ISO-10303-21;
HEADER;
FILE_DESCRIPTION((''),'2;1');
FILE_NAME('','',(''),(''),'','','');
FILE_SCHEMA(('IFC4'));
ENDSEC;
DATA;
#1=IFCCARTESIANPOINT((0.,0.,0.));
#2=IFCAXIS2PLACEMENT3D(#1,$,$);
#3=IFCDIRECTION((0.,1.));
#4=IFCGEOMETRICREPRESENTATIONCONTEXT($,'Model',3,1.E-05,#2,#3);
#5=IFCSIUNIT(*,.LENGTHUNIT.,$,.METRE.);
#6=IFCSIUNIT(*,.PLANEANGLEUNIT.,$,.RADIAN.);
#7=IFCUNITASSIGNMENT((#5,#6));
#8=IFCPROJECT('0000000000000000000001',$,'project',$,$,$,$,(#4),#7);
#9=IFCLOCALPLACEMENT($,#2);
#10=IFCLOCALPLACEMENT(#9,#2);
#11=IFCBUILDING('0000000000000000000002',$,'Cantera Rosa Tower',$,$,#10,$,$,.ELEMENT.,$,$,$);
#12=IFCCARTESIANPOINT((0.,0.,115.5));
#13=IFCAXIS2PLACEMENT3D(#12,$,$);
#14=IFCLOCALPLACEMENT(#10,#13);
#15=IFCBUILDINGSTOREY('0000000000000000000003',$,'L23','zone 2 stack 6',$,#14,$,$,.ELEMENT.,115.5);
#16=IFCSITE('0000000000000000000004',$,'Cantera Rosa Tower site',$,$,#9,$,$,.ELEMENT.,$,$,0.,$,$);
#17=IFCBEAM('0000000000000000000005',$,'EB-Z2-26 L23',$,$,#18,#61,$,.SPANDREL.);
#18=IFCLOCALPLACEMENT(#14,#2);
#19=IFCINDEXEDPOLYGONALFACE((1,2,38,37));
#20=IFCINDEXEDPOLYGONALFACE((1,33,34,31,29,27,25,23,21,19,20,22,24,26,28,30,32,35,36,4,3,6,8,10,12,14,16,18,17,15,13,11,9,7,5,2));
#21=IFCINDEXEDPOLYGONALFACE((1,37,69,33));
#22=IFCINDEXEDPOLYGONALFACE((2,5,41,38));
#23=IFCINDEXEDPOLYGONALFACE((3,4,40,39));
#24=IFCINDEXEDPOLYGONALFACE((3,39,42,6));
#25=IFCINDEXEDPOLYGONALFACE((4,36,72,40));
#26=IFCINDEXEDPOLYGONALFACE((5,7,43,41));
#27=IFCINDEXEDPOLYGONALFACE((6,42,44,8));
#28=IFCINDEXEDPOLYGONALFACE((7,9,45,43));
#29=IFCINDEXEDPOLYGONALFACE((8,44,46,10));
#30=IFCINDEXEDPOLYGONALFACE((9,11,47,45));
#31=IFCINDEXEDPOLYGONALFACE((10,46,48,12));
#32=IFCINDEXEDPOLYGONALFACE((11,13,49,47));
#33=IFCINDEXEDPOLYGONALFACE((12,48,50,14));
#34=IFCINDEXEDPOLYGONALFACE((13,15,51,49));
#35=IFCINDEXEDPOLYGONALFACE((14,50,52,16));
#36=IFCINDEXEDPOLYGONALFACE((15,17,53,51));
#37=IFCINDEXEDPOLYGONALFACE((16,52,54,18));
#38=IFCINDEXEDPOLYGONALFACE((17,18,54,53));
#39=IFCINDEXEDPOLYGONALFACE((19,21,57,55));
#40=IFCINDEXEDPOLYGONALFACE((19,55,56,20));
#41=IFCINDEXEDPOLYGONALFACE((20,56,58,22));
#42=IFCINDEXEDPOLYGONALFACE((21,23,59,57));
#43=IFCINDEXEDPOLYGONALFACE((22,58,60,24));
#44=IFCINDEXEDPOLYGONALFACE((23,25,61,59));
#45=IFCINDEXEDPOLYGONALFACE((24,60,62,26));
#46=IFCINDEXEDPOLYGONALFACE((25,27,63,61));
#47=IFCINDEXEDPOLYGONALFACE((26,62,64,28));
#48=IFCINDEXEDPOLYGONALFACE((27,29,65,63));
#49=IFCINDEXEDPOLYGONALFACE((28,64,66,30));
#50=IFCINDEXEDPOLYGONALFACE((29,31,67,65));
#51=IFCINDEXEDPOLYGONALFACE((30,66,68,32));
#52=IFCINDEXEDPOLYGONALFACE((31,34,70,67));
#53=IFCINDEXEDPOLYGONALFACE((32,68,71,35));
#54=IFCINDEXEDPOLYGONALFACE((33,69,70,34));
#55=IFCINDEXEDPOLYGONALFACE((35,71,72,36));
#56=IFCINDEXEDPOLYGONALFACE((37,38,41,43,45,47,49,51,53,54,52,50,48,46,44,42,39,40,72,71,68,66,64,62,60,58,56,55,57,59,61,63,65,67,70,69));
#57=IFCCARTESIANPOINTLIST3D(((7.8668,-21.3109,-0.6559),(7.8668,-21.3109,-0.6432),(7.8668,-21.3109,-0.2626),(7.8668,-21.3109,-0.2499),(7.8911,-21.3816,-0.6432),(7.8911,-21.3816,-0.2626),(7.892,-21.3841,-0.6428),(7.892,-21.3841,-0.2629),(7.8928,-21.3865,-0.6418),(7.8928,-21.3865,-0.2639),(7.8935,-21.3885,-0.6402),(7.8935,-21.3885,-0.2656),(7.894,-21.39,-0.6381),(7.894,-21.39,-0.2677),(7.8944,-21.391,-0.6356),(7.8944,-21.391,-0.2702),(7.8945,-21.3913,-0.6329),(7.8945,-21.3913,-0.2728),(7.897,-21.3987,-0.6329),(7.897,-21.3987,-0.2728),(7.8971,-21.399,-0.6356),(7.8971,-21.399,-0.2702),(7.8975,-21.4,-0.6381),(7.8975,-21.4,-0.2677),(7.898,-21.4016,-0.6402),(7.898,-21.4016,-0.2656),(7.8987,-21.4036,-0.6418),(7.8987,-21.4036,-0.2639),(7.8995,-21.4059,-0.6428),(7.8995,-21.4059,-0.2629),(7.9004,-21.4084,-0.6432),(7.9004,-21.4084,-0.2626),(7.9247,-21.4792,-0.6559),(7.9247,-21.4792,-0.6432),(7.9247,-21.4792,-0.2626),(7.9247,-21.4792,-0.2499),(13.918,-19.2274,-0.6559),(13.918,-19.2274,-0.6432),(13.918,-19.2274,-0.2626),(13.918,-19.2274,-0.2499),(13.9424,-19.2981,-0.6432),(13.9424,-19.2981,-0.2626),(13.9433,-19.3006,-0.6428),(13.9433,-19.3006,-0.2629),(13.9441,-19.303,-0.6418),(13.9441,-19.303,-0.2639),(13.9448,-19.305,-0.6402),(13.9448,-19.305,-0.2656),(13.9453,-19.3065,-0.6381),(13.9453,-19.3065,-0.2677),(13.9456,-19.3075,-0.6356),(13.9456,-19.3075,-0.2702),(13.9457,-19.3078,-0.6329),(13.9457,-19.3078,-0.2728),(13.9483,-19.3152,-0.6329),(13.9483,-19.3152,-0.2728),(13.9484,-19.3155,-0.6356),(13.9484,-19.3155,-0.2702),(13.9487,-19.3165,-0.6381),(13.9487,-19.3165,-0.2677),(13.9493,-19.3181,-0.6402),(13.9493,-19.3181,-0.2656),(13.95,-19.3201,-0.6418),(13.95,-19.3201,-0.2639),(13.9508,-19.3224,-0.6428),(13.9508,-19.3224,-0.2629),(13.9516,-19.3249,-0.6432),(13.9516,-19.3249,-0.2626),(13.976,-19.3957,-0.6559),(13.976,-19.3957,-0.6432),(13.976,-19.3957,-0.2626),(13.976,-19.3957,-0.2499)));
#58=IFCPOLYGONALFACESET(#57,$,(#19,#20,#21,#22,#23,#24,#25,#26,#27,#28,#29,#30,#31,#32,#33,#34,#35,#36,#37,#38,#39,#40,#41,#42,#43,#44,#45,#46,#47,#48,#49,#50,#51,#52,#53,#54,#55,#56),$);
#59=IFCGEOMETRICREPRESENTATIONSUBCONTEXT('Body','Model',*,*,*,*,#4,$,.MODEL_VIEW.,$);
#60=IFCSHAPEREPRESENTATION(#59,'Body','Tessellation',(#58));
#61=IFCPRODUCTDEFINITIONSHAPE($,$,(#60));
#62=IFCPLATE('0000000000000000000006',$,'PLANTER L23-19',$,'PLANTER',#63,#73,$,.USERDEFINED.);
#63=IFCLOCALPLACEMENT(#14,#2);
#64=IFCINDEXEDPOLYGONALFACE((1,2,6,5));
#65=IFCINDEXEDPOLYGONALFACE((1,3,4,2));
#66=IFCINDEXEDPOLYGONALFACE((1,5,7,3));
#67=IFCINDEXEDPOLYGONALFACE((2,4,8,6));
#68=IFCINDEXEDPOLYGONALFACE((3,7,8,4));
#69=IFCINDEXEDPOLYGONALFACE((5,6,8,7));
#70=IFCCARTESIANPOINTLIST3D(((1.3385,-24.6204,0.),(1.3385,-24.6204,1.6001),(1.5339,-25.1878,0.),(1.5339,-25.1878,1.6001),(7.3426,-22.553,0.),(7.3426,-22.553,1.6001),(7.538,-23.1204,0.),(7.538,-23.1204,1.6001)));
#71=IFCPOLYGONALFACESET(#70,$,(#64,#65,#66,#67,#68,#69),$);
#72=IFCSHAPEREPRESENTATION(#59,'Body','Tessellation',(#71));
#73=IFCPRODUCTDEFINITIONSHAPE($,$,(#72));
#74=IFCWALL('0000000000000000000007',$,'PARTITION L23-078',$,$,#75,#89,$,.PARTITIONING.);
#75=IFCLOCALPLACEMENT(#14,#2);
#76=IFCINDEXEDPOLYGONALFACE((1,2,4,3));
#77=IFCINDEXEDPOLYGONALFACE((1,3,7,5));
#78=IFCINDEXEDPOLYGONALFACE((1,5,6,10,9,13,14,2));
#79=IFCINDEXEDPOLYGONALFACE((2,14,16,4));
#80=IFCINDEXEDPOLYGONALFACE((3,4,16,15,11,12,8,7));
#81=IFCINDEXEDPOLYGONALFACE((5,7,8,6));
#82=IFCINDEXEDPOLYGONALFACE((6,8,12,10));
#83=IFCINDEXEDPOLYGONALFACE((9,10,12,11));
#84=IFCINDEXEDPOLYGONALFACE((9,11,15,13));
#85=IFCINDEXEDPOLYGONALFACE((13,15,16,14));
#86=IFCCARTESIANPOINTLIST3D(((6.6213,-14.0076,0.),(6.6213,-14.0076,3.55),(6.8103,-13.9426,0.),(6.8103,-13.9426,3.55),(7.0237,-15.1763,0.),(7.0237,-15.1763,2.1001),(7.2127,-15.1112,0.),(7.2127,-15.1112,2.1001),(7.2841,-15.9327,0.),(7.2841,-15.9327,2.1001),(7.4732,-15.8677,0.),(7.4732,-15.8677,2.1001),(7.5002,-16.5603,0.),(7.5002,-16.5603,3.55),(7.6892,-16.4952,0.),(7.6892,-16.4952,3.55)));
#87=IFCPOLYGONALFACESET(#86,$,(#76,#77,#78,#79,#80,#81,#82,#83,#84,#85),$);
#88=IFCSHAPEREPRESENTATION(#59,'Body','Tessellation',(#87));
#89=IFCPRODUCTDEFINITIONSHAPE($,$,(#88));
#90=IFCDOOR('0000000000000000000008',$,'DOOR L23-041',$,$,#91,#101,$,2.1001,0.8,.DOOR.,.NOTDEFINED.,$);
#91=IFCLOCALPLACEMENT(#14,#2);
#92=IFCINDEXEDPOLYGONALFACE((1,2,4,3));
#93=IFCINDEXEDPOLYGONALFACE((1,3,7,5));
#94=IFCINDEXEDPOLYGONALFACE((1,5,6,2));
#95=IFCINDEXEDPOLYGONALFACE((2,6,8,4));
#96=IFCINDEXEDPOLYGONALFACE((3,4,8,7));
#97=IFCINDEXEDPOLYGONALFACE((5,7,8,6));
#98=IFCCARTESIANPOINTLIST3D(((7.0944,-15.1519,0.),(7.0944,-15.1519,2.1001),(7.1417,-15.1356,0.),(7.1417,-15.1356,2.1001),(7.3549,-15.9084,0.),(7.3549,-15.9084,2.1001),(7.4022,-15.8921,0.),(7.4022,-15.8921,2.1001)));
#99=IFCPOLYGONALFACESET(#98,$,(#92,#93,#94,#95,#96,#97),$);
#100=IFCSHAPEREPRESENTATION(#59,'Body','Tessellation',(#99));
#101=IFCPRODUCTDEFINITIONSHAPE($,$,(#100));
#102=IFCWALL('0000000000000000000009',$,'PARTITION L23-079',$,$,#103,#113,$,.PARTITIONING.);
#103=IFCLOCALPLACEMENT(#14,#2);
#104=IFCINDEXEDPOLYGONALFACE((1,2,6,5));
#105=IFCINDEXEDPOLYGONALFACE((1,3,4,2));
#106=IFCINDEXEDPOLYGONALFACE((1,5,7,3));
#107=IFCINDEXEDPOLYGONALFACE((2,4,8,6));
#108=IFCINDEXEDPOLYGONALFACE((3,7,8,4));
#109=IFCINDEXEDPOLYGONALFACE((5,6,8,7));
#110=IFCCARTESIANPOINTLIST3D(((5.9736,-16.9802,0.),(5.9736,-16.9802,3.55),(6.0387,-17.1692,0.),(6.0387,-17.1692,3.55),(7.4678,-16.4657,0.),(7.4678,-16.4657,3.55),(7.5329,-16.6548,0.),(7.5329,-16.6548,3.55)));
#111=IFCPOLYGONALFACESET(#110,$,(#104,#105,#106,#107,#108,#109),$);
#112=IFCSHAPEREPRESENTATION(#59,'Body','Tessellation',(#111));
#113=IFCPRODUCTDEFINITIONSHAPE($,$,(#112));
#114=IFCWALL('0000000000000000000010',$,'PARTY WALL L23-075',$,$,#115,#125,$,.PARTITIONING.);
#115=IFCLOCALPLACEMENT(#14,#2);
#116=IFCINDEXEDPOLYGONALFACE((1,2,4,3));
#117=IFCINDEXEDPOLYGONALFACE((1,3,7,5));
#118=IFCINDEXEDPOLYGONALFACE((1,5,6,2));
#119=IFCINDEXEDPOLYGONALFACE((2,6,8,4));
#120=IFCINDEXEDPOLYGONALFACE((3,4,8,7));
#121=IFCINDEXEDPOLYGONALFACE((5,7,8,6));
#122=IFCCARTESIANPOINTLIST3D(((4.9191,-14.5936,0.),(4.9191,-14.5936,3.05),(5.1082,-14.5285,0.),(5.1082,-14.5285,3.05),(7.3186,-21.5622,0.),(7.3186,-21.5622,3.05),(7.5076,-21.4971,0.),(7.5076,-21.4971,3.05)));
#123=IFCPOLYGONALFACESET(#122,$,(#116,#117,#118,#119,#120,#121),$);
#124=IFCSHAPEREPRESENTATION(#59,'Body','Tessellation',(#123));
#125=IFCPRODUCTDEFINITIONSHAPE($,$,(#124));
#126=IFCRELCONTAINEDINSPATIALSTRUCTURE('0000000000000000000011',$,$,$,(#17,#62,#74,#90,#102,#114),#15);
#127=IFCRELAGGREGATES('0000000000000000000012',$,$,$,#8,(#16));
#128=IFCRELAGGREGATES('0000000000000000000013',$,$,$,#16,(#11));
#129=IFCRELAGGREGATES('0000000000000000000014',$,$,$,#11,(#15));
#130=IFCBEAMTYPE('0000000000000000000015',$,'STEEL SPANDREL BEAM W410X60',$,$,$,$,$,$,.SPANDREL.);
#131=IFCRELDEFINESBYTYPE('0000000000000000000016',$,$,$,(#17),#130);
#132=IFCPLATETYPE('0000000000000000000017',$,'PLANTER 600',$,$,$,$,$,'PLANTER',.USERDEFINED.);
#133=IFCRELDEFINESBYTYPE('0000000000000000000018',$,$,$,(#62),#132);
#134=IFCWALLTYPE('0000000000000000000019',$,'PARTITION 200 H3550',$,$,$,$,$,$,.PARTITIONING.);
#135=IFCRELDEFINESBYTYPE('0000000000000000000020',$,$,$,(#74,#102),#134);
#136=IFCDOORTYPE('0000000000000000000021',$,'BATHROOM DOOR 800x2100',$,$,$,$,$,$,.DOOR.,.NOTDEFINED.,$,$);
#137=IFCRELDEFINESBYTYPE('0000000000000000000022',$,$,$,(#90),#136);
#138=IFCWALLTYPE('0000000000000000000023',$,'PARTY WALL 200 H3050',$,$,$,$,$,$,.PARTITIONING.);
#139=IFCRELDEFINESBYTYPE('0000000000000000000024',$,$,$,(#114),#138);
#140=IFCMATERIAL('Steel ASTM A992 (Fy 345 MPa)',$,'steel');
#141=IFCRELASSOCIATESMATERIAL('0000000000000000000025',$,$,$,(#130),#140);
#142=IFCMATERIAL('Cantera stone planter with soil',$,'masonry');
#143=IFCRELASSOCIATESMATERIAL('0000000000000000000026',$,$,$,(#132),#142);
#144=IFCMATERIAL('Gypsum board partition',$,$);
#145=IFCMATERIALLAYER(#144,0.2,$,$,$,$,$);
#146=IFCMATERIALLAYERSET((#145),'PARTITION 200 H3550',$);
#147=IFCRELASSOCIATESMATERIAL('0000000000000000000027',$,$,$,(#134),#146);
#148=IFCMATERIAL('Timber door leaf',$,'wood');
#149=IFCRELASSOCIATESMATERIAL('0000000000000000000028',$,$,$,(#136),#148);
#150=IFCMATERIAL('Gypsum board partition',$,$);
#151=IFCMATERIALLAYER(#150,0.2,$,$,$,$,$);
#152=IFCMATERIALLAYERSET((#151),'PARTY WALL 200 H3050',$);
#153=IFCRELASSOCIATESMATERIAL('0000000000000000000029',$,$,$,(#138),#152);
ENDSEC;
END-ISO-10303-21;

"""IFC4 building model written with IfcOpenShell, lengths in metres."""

from ifc_helpers import new_model, si_unit, direction, frame, frame_2d, origin, origin_2d, place, context, subcontext, project, spatial, rectangle, i_section, extrude, material, layer, layer_set, material_profile, profile_set, type_object, element, fill, save


model = new_model("IFC4")

# Units and contexts
model_context = context("Model", 3, precision=1e-05, world=origin(), true_north=direction((0.0, 1.0)))
body_context = subcontext(model_context, "Body", "Model", "MODEL_VIEW")
ifc_project = project(units=[si_unit("LENGTHUNIT", "METRE"), si_unit("PLANEANGLEUNIT", "RADIAN")], contexts=[model_context])

# Site, building, storey
site_placement = place(None, origin())
site = spatial("IfcSite", under=ifc_project, at=site_placement, Name="Cantera Rosa Tower site", CompositionType="ELEMENT", RefElevation=0.0)
building_placement = place(site_placement, origin())
building = spatial("IfcBuilding", under=site, at=building_placement, Name="Cantera Rosa Tower", CompositionType="ELEMENT")
storey_placement = place(building_placement, frame((0.0, 0.0, 115.5)))
storey = spatial("IfcBuildingStorey", under=building, at=storey_placement, Name="L23", Description="zone 2 stack 6", CompositionType="ELEMENT", Elevation=115.5)

# Beam
ifc_material_1 = material(Name="Steel ASTM A992 (Fy 345 MPa)", Category="steel")
ifc_material_profile_1 = material_profile(ifc_material_1, i_section(OverallWidth=0.178, OverallDepth=0.406, WebThickness=0.0078, FlangeThickness=0.0127, FilletRadius=0.0103, at=origin_2d()), Name="W410X60")
ifc_profile_set_1 = profile_set([ifc_material_profile_1], Name="Steel ASTM A992 (Fy 345 MPa)")
beam_type_1 = type_object("IfcBeamType", Name="STEEL SPANDREL BEAM W410X60", PredefinedType="SPANDREL", material=ifc_profile_set_1)
beam_1_placement = place(storey_placement, frame((7.8958, -21.395, -0.4529), z_axis=(0.945524, 0.325551, 0.0), x_axis=(-0.325551, 0.945524, 0.0)))
element("IfcBeam", 1, at=beam_1_placement, inside=storey, type_object=beam_type_1, Name="EB-Z2-26 L23", PredefinedType="SPANDREL", context=body_context, shape_type="SweptSolid", body=[
    extrude(i_section(OverallWidth=0.178, OverallDepth=0.406, WebThickness=0.0078, FlangeThickness=0.0127, FilletRadius=0.0103, at=origin_2d()), origin(), (0.0, 0.0, 1.0), 6.3999),
])

# Plate
ifc_material_2 = material(Name="Cantera stone planter with soil", Category="masonry")
plate_type = type_object("IfcPlateType", Name="PLANTER 600", ElementType="PLANTER", PredefinedType="USERDEFINED", material=ifc_material_2)
plate_placement = place(storey_placement, frame((4.4382, -23.8704, 0.0), z_axis=(0.0, 0.0, 1.0), x_axis=(0.945519, 0.325568, 0.0)))
element("IfcPlate", 2, at=plate_placement, inside=storey, type_object=plate_type, Name="PLANTER L23-19", ObjectType="PLANTER", PredefinedType="USERDEFINED", context=body_context, shape_type="SweptSolid", body=[
    extrude(rectangle(XDim=6.3501, YDim=0.6001, at=origin_2d()), origin(), (0.0, 0.0, 1.0), 1.6001),
])

# Wall, opening, door
ifc_material_3 = material(Name="Gypsum board partition")
ifc_layer_1 = layer(ifc_material_3, 0.2)
ifc_layer_set_1 = layer_set([ifc_layer_1], Name="PARTITION 200 H3550")
wall_type_1 = type_object("IfcWallType", Name="PARTITION 200 H3550", PredefinedType="PARTITIONING", material=ifc_layer_set_1)
wall_1_placement = place(storey_placement, frame((6.7158, -13.9751, 0.0), z_axis=(0.0, 0.0, 1.0), x_axis=(0.325545, -0.945527, 0.0)))
wall_1 = element("IfcWall", 3, at=wall_1_placement, inside=storey, type_object=wall_type_1, Name="PARTITION L23-078", PredefinedType="PARTITIONING", context=body_context, shape_type="SweptSolid", body=[
    extrude(rectangle(XDim=2.6997, YDim=0.2, at=frame_2d((1.3499, 0.0))), origin(), (0.0, 0.0, 1.0), 3.55),
])
opening_1_placement = place(wall_1_placement, frame((1.2361, 0.0, 0.0)))
opening_1 = element("IfcOpeningElement", 4, at=opening_1_placement, cuts=wall_1, PredefinedType="OPENING", context=body_context, shape_type="SweptSolid", body=[
    extrude(rectangle(XDim=0.8, YDim=2.1001, at=frame_2d((0.3999, 1.05))), frame((0.0, 0.1099, 0.0), z_axis=(0.0, -1.0, 0.0), x_axis=(1.0, 0.0, 0.0)), (0.0, 0.0, 1.0), 0.22),
])
ifc_material_4 = material(Name="Timber door leaf", Category="wood")
door_type_1 = type_object("IfcDoorType", Name="BATHROOM DOOR 800x2100", OperationType="NOTDEFINED", PredefinedType="DOOR", material=ifc_material_4)
door_1_placement = place(opening_1_placement, origin())
door_1 = element("IfcDoor", 5, at=door_1_placement, inside=storey, type_object=door_type_1, Name="DOOR L23-041", OperationType="NOTDEFINED", OverallHeight=2.1001, OverallWidth=0.8, PredefinedType="DOOR", context=body_context, shape_type="SweptSolid", body=[
    extrude(rectangle(XDim=0.8, YDim=2.1001, at=frame_2d((0.3999, 1.05))), frame((0.0, 0.0249, 0.0), z_axis=(0.0, -1.0, 0.0), x_axis=(1.0, 0.0, 0.0)), (0.0, 0.0, 1.0), 0.05),
])
fill(opening_1, door_1)

# Walls
wall_2_placement = place(storey_placement, frame((7.5002, -16.5603, 0.0), z_axis=(0.0, 0.0, 1.0), x_axis=(-0.945532, -0.325529, 0.0)))
element("IfcWall", 6, at=wall_2_placement, inside=storey, type_object=wall_type_1, Name="PARTITION L23-079", PredefinedType="PARTITIONING", context=body_context, shape_type="SweptSolid", body=[
    extrude(rectangle(XDim=1.5803, YDim=0.2, at=frame_2d((0.79, 0.0))), origin(), (0.0, 0.0, 1.0), 3.55),
])
ifc_material_5 = material(Name="Gypsum board partition")
ifc_layer_2 = layer(ifc_material_5, 0.2)
ifc_layer_set_2 = layer_set([ifc_layer_2], Name="PARTY WALL 200 H3050")
wall_type_2 = type_object("IfcWallType", Name="PARTY WALL 200 H3050", PredefinedType="PARTITIONING", material=ifc_layer_set_2)
wall_3_placement = place(storey_placement, frame((5.0137, -14.561, 0.0), z_axis=(0.0, 0.0, 1.0), x_axis=(0.325564, -0.94552, 0.0)))
element("IfcWall", 7, at=wall_3_placement, inside=storey, type_object=wall_type_2, Name="PARTY WALL L23-075", PredefinedType="PARTITIONING", context=body_context, shape_type="SweptSolid", body=[
    extrude(rectangle(XDim=7.3701, YDim=0.2, at=frame_2d((3.6851, 0.0))), origin(), (0.0, 0.0, 1.0), 3.05),
])

save(model, "model.ifc")
